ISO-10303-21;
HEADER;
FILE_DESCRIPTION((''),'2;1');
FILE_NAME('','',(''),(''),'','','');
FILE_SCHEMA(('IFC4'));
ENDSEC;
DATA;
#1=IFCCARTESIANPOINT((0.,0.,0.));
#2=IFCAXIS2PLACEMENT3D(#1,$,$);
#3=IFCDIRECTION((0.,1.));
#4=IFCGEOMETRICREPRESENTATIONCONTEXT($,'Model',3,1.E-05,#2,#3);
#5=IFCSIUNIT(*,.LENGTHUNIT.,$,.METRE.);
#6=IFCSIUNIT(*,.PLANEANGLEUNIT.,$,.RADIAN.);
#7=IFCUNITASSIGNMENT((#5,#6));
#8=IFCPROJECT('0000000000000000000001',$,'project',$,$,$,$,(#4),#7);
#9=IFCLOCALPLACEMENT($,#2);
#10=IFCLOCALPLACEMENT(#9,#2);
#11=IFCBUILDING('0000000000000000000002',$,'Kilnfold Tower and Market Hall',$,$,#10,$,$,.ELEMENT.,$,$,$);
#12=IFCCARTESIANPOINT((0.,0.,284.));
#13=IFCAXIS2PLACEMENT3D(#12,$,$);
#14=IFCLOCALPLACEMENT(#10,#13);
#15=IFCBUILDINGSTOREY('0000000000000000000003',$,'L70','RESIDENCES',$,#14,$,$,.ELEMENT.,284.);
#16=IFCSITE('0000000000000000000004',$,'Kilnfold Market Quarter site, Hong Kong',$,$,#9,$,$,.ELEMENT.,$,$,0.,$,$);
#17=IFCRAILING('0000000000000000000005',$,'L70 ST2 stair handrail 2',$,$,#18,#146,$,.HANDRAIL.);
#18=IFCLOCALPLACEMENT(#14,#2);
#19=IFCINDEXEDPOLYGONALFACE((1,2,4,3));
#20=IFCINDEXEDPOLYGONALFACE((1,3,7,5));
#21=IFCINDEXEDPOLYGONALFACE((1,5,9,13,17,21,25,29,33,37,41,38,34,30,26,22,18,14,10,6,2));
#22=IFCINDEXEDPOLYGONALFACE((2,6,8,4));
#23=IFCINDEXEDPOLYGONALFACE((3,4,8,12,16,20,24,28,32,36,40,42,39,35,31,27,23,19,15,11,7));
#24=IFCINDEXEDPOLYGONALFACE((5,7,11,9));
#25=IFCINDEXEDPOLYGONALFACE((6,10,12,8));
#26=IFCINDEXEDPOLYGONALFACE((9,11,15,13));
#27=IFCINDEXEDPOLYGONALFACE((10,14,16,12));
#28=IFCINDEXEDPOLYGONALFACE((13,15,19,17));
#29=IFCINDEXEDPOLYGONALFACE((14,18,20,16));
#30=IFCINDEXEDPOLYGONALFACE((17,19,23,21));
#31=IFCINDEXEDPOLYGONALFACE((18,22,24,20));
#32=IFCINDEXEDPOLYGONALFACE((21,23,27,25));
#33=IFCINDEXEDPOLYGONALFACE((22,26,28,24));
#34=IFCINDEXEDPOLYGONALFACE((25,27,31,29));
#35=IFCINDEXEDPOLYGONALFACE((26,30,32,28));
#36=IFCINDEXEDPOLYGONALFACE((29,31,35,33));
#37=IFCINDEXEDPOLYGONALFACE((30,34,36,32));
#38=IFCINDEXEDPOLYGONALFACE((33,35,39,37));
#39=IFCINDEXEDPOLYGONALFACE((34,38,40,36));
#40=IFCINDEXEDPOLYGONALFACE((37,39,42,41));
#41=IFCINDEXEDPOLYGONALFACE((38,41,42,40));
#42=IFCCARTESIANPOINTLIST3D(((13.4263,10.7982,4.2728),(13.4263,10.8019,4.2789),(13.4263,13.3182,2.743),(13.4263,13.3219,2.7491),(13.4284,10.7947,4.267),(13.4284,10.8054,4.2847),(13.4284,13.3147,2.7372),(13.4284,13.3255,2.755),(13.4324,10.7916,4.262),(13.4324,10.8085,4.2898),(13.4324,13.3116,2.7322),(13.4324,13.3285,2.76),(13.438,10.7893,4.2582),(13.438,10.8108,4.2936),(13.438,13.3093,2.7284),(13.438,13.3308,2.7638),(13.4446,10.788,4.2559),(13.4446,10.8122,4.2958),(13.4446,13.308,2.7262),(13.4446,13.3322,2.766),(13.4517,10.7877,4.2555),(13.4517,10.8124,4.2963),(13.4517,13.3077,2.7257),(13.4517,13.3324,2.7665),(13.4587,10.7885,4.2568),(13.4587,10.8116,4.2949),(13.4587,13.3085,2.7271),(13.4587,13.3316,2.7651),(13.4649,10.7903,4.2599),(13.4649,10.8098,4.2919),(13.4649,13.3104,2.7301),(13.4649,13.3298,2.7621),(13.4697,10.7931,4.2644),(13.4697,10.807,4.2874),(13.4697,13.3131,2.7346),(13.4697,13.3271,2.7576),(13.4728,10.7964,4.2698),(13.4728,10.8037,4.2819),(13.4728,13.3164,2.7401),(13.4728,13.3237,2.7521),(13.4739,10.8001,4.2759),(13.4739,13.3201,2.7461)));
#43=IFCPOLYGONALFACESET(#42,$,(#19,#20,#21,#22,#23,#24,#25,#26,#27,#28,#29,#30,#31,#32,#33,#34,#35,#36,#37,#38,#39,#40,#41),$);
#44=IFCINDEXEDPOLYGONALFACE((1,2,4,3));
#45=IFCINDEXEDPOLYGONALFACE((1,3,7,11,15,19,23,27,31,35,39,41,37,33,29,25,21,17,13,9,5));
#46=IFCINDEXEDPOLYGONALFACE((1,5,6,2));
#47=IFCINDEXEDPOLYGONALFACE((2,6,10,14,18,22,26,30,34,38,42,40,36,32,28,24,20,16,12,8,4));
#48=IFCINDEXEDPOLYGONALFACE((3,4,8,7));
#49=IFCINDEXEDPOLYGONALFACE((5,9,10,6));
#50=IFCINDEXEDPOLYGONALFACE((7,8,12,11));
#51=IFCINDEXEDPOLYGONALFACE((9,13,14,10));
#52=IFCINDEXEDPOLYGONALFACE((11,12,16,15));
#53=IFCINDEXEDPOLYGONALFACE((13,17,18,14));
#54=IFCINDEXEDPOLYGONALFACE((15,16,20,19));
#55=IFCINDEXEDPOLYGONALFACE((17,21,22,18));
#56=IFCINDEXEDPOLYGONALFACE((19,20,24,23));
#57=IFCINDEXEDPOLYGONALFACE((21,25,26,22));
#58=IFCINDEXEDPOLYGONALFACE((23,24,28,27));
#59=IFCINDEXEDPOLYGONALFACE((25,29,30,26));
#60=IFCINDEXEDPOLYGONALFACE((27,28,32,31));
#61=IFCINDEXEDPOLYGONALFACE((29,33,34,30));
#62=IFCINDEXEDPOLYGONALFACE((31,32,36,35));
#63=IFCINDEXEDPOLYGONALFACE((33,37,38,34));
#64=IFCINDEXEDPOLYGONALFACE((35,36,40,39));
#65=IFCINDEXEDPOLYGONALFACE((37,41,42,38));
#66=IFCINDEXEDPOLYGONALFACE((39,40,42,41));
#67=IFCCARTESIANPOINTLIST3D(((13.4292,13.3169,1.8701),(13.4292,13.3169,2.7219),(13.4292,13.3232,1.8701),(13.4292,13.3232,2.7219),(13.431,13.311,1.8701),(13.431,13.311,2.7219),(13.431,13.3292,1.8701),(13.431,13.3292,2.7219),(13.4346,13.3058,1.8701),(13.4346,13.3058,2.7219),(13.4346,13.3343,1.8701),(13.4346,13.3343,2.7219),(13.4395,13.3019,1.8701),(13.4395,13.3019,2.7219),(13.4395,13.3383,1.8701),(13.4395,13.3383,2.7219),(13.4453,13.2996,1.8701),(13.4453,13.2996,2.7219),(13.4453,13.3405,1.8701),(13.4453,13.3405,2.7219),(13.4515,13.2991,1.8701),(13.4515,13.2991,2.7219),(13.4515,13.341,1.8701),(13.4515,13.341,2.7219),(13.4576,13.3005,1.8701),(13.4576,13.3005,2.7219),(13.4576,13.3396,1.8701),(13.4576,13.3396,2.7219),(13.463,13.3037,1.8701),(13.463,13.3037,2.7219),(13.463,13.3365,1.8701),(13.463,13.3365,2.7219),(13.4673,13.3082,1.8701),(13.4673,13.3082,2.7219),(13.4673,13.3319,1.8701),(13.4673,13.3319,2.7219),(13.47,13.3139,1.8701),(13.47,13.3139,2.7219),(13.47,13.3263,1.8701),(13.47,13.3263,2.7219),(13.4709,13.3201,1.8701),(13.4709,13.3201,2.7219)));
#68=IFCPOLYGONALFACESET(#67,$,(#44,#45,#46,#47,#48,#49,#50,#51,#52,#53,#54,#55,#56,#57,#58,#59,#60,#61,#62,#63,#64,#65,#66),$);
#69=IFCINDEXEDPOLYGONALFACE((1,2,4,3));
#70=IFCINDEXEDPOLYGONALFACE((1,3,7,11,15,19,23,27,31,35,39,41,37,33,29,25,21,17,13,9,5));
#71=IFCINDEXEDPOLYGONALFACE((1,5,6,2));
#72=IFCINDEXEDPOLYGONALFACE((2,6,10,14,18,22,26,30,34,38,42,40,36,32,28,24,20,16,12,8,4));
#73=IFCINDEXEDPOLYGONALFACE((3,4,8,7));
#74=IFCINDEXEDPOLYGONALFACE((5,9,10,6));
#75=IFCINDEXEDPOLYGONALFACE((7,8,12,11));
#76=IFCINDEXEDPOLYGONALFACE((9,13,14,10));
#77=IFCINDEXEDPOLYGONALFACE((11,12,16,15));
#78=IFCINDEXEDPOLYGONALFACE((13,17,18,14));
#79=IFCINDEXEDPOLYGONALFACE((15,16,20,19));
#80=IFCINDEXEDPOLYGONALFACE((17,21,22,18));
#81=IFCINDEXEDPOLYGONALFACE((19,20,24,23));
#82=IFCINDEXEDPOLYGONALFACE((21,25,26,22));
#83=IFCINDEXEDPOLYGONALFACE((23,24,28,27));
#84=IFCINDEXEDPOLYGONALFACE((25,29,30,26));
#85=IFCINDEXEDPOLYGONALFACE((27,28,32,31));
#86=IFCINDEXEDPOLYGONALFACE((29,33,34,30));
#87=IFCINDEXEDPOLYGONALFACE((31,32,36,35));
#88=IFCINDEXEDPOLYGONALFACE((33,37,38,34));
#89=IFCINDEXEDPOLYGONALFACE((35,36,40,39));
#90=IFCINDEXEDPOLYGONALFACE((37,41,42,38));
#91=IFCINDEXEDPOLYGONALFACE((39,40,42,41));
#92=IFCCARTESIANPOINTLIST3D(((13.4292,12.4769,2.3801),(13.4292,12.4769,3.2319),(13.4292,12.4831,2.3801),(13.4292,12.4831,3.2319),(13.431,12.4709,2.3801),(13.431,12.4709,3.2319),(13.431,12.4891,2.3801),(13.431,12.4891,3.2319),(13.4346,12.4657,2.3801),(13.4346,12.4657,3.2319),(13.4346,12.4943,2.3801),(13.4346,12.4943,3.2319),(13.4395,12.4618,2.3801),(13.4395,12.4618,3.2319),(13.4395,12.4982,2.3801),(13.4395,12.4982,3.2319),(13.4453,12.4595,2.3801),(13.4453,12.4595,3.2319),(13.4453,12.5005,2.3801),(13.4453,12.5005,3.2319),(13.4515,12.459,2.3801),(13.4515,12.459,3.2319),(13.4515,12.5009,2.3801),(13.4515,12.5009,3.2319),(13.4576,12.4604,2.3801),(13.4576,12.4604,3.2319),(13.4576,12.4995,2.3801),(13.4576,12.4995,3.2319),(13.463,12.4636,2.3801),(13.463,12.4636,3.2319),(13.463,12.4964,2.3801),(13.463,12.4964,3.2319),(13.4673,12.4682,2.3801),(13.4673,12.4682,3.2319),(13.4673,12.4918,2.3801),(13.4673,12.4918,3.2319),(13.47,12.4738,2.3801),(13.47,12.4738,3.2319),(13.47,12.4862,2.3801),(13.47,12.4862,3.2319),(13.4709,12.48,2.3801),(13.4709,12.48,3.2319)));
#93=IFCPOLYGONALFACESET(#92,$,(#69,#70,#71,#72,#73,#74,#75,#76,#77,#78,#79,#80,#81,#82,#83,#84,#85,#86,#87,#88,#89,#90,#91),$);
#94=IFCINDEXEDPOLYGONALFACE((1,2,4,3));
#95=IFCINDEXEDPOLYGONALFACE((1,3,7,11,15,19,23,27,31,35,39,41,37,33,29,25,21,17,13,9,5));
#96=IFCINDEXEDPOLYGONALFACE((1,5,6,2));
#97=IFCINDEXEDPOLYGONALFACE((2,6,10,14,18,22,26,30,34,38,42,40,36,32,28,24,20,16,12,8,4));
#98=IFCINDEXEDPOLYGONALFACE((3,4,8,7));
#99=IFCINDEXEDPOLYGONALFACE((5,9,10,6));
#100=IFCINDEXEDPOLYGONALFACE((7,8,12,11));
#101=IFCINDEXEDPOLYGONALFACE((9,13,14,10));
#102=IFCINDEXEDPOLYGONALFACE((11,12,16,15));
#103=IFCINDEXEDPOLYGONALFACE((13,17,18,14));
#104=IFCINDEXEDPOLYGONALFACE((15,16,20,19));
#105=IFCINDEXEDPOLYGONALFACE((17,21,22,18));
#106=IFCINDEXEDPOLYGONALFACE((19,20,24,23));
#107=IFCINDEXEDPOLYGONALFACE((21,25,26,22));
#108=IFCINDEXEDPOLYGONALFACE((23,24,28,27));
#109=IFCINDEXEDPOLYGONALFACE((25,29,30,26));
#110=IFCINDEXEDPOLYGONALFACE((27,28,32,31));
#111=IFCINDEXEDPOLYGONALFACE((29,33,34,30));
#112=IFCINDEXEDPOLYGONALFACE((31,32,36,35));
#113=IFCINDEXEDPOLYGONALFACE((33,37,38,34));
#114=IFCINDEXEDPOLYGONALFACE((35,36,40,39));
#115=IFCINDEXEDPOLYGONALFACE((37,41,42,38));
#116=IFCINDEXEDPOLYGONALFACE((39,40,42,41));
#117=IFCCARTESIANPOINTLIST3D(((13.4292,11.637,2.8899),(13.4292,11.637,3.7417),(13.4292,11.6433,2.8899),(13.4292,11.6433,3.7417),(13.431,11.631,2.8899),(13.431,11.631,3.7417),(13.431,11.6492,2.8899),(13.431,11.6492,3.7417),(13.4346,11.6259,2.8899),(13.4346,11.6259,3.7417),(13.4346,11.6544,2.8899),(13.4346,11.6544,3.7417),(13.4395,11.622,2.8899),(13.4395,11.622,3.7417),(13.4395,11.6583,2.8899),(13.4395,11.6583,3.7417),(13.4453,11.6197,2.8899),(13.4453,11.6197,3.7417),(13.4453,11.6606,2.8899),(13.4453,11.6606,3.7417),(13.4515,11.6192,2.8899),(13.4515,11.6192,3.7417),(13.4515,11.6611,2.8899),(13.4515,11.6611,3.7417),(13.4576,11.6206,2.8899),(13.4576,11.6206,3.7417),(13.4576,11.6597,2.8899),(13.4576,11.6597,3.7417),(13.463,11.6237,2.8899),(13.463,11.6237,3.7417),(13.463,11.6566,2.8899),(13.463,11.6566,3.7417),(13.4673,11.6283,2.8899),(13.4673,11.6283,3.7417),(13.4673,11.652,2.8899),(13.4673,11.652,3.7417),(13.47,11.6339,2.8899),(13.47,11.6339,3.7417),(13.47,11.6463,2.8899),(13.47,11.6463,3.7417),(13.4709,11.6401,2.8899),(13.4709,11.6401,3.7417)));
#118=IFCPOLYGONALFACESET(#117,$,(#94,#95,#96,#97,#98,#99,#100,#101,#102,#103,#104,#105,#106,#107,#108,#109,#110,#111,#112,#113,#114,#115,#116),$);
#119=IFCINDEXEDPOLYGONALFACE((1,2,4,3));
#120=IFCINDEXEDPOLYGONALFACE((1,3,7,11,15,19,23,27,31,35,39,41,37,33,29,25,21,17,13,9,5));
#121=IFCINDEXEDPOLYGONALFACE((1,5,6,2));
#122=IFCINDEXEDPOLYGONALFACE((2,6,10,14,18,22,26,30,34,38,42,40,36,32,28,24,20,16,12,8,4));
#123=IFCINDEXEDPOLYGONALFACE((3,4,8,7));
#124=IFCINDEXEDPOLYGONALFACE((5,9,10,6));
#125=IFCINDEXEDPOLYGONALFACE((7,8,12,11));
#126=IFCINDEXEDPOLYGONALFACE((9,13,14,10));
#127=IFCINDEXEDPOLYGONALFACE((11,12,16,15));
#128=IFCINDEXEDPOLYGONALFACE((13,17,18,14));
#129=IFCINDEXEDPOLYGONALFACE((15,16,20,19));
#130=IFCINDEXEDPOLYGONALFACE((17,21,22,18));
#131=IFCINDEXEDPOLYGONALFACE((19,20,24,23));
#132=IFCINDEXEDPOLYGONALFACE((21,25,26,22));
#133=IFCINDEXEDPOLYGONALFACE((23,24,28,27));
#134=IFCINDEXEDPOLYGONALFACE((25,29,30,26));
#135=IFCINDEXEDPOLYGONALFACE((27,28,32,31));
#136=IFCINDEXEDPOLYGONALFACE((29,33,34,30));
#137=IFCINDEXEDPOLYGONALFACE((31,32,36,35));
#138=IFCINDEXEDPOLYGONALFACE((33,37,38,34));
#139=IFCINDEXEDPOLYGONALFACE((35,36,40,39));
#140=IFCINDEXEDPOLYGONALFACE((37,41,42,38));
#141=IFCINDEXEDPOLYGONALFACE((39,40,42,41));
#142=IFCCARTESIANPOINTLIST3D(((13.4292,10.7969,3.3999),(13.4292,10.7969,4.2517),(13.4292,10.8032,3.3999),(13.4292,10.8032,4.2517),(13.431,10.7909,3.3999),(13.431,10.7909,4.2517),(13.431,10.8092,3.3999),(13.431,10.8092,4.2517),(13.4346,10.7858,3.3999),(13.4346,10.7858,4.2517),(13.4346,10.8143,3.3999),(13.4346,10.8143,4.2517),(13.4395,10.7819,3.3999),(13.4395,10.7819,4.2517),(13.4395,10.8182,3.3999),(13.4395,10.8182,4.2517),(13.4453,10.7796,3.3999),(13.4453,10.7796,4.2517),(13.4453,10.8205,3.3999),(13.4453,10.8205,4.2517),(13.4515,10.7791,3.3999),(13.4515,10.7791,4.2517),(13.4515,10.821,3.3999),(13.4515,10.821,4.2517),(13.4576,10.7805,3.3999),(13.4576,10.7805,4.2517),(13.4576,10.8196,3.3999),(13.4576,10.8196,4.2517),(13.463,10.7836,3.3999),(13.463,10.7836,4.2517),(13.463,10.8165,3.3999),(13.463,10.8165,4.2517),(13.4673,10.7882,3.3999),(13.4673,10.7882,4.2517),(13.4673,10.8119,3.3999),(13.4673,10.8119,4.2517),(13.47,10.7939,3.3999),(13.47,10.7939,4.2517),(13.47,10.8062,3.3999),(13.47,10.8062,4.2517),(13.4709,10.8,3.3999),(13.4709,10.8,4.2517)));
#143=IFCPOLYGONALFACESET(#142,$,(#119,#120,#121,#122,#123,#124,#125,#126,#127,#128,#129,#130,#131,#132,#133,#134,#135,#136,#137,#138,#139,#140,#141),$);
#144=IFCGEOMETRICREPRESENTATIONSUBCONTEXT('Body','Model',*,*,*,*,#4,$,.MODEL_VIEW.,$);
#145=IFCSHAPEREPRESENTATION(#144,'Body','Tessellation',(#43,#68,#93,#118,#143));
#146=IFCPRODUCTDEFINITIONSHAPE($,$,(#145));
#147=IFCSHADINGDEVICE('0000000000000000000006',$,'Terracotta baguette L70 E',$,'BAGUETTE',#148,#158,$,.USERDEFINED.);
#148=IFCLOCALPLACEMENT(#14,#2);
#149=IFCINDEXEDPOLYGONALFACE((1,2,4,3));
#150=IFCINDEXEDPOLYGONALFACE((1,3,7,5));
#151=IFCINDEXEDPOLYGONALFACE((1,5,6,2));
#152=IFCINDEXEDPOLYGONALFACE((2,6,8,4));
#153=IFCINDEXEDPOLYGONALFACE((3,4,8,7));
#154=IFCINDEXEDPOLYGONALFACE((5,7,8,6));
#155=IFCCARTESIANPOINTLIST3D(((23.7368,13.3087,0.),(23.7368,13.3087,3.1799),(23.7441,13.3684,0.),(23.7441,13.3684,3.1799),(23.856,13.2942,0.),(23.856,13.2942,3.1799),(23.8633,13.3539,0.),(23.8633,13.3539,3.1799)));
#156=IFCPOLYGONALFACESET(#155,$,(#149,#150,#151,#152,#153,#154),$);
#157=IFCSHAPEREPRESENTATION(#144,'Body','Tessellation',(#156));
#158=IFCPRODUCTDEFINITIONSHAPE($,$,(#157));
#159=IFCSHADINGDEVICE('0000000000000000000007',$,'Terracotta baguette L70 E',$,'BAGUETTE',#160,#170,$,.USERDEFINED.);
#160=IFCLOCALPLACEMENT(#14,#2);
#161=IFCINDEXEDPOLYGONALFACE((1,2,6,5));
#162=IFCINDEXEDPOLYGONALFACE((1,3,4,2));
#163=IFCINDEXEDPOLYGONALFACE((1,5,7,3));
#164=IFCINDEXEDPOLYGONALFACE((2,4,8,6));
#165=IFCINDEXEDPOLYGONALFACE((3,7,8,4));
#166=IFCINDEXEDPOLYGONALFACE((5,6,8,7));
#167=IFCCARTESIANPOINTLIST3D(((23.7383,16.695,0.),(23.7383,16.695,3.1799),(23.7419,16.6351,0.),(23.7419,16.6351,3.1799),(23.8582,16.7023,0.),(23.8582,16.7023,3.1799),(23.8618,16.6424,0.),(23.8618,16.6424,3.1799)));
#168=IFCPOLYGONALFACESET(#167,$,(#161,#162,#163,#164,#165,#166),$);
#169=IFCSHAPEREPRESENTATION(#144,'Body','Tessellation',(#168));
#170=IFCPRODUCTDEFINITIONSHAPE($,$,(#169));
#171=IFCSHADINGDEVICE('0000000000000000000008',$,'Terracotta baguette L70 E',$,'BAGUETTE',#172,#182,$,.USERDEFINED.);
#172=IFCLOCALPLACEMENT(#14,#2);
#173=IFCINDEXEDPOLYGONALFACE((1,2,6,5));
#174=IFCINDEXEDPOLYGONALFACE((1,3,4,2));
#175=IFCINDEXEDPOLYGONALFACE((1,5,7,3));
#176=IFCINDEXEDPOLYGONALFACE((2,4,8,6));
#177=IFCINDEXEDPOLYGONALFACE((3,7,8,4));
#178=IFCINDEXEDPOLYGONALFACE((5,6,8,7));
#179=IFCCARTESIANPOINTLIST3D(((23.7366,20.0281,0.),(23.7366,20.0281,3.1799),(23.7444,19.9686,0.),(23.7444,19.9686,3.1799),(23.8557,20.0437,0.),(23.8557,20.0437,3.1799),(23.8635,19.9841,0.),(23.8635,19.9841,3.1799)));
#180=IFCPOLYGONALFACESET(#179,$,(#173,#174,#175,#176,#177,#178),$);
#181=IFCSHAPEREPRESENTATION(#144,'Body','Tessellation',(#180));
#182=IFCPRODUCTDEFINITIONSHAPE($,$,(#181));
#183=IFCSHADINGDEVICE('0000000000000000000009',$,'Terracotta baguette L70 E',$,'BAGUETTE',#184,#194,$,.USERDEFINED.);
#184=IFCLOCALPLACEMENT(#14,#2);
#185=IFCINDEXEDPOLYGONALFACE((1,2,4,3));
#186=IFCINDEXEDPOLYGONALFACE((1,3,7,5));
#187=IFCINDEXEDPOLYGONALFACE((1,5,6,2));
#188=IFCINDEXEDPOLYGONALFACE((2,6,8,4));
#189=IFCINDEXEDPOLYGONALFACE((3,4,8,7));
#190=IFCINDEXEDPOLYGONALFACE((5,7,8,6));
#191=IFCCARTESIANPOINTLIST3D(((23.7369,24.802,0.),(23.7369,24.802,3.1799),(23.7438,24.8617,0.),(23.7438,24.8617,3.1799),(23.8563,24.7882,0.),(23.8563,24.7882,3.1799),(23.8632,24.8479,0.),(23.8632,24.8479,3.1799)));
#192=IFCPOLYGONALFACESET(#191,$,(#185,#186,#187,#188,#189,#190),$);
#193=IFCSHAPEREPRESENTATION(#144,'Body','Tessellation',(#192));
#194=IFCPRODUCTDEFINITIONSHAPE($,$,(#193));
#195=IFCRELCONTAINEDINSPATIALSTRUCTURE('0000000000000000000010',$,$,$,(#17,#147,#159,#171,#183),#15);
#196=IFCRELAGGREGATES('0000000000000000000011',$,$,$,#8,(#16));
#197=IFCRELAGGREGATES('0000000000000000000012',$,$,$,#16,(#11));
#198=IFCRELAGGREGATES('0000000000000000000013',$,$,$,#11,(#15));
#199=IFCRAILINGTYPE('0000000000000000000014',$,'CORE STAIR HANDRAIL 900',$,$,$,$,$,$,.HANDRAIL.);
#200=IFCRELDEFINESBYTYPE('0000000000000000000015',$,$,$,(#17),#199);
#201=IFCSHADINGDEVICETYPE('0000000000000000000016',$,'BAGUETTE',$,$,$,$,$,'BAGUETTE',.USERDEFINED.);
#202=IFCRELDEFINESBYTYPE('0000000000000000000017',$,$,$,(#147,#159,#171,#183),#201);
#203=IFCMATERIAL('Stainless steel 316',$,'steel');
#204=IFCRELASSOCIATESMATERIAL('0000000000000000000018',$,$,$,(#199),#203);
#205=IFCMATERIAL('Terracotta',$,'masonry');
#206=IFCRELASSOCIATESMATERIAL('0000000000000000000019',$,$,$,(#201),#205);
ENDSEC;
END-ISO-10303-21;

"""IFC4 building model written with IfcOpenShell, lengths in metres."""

from ifc_helpers import new_model, si_unit, direction, frame, origin, origin_2d, place, context, subcontext, project, spatial, rectangle, circle, extrude, source, transform, mapped, material, material_profile, profile_set, type_object, element, save


model = new_model("IFC4")

# Units and contexts
model_context = context("Model", 3, precision=1e-05, world=origin(), true_north=direction((0.0, 1.0)))
body_context = subcontext(model_context, "Body", "Model", "MODEL_VIEW")
ifc_project = project(units=[si_unit("LENGTHUNIT", "METRE"), si_unit("PLANEANGLEUNIT", "RADIAN")], contexts=[model_context])

# Site, building, storey
site_placement = place(None, origin())
site = spatial("IfcSite", under=ifc_project, at=site_placement, Name="Kilnfold Market Quarter site, Hong Kong", CompositionType="ELEMENT", RefElevation=0.0)
building_placement = place(site_placement, origin())
building = spatial("IfcBuilding", under=site, at=building_placement, Name="Kilnfold Tower and Market Hall", CompositionType="ELEMENT")
storey_placement = place(building_placement, frame((0.0, 0.0, 284.0)))
storey = spatial("IfcBuildingStorey", under=building, at=storey_placement, Name="L70", Description="RESIDENCES", CompositionType="ELEMENT", Elevation=284.0)

# Railing
ifc_material_1 = material(Name="Stainless steel 316", Category="steel")
railing_type = type_object("IfcRailingType", Name="CORE STAIR HANDRAIL 900", PredefinedType="HANDRAIL", material=ifc_material_1)
railing_placement = place(storey_placement, frame((13.45, 13.3201, 1.8701)))
element("IfcRailing", 1, at=railing_placement, inside=storey, type_object=railing_type, Name="L70 ST2 stair handrail 2", PredefinedType="HANDRAIL", context=body_context, shape_type="SweptSolid", body=[
    extrude(circle(Radius=0.0239, at=origin_2d()), frame((0.0, 0.0, 0.876), z_axis=(0.0, -0.854822, 0.518922), x_axis=(1.0, 0.0, 0.0)), (0.0, 0.0, 1.0), 2.948),
    extrude(circle(Radius=0.021, at=origin_2d()), origin(), (0.0, 0.0, 1.0), 0.8518),
    extrude(circle(Radius=0.021, at=origin_2d()), frame((0.0, -0.8401, 0.51)), (0.0, 0.0, 1.0), 0.8518),
    extrude(circle(Radius=0.021, at=origin_2d()), frame((0.0, -1.6799, 1.0198)), (0.0, 0.0, 1.0), 0.8518),
    extrude(circle(Radius=0.021, at=origin_2d()), frame((0.0, -2.52, 1.5298)), (0.0, 0.0, 1.0), 0.8518),
])

# Shading devices
ifc_material_2 = material(Name="Terracotta", Category="masonry")
ifc_material_profile_1 = material_profile(ifc_material_2, rectangle(XDim=0.0601, YDim=0.1201, at=origin_2d()), Name="BAG 60x120")
ifc_profile_set_1 = profile_set([ifc_material_profile_1], Name="Terracotta")
shading_device_type = type_object("IfcShadingDeviceType", Name="BAGUETTE", ElementType="BAGUETTE", PredefinedType="USERDEFINED", material=ifc_profile_set_1)
shared_shape_1 = source(origin(), body_context, "Body", "SweptSolid", [
    extrude(rectangle(XDim=0.0601, YDim=0.1201, at=origin_2d()), origin(), (0.0, 0.0, 1.0), 3.1799),
])
for number, where, z_axis, x_axis, name in (
    (2, (23.8, 13.3313, 0.0), (0.0, 0.0, 1.0), (0.120677, 0.992692, 0.0), "Terracotta baguette L70 E"),
    (3, (23.8, 16.6687, 0.0), (0.0, 0.0, 1.0), (-0.060684, 0.998157, 0.0), "Terracotta baguette L70 E"),
    (4, (23.8, 20.0061, 0.0), (0.0, 0.0, 1.0), (-0.129457, 0.991585, 0.0), "Terracotta baguette L70 E"),
    (5, (23.8, 24.825, 0.0), (0.0, 0.0, 1.0), (0.114831, 0.993385, 0.0), "Terracotta baguette L70 E"),
):
    element("IfcShadingDevice", number, at=place(storey_placement, frame(where, z_axis=z_axis, x_axis=x_axis)), inside=storey, type_object=shading_device_type, Name=name, ObjectType="BAGUETTE", PredefinedType="USERDEFINED", context=body_context, shape_type="MappedRepresentation", body=[
        mapped(shared_shape_1, transform((0.0, 0.0, 0.0))),
    ])

save(model, "model.ifc")
